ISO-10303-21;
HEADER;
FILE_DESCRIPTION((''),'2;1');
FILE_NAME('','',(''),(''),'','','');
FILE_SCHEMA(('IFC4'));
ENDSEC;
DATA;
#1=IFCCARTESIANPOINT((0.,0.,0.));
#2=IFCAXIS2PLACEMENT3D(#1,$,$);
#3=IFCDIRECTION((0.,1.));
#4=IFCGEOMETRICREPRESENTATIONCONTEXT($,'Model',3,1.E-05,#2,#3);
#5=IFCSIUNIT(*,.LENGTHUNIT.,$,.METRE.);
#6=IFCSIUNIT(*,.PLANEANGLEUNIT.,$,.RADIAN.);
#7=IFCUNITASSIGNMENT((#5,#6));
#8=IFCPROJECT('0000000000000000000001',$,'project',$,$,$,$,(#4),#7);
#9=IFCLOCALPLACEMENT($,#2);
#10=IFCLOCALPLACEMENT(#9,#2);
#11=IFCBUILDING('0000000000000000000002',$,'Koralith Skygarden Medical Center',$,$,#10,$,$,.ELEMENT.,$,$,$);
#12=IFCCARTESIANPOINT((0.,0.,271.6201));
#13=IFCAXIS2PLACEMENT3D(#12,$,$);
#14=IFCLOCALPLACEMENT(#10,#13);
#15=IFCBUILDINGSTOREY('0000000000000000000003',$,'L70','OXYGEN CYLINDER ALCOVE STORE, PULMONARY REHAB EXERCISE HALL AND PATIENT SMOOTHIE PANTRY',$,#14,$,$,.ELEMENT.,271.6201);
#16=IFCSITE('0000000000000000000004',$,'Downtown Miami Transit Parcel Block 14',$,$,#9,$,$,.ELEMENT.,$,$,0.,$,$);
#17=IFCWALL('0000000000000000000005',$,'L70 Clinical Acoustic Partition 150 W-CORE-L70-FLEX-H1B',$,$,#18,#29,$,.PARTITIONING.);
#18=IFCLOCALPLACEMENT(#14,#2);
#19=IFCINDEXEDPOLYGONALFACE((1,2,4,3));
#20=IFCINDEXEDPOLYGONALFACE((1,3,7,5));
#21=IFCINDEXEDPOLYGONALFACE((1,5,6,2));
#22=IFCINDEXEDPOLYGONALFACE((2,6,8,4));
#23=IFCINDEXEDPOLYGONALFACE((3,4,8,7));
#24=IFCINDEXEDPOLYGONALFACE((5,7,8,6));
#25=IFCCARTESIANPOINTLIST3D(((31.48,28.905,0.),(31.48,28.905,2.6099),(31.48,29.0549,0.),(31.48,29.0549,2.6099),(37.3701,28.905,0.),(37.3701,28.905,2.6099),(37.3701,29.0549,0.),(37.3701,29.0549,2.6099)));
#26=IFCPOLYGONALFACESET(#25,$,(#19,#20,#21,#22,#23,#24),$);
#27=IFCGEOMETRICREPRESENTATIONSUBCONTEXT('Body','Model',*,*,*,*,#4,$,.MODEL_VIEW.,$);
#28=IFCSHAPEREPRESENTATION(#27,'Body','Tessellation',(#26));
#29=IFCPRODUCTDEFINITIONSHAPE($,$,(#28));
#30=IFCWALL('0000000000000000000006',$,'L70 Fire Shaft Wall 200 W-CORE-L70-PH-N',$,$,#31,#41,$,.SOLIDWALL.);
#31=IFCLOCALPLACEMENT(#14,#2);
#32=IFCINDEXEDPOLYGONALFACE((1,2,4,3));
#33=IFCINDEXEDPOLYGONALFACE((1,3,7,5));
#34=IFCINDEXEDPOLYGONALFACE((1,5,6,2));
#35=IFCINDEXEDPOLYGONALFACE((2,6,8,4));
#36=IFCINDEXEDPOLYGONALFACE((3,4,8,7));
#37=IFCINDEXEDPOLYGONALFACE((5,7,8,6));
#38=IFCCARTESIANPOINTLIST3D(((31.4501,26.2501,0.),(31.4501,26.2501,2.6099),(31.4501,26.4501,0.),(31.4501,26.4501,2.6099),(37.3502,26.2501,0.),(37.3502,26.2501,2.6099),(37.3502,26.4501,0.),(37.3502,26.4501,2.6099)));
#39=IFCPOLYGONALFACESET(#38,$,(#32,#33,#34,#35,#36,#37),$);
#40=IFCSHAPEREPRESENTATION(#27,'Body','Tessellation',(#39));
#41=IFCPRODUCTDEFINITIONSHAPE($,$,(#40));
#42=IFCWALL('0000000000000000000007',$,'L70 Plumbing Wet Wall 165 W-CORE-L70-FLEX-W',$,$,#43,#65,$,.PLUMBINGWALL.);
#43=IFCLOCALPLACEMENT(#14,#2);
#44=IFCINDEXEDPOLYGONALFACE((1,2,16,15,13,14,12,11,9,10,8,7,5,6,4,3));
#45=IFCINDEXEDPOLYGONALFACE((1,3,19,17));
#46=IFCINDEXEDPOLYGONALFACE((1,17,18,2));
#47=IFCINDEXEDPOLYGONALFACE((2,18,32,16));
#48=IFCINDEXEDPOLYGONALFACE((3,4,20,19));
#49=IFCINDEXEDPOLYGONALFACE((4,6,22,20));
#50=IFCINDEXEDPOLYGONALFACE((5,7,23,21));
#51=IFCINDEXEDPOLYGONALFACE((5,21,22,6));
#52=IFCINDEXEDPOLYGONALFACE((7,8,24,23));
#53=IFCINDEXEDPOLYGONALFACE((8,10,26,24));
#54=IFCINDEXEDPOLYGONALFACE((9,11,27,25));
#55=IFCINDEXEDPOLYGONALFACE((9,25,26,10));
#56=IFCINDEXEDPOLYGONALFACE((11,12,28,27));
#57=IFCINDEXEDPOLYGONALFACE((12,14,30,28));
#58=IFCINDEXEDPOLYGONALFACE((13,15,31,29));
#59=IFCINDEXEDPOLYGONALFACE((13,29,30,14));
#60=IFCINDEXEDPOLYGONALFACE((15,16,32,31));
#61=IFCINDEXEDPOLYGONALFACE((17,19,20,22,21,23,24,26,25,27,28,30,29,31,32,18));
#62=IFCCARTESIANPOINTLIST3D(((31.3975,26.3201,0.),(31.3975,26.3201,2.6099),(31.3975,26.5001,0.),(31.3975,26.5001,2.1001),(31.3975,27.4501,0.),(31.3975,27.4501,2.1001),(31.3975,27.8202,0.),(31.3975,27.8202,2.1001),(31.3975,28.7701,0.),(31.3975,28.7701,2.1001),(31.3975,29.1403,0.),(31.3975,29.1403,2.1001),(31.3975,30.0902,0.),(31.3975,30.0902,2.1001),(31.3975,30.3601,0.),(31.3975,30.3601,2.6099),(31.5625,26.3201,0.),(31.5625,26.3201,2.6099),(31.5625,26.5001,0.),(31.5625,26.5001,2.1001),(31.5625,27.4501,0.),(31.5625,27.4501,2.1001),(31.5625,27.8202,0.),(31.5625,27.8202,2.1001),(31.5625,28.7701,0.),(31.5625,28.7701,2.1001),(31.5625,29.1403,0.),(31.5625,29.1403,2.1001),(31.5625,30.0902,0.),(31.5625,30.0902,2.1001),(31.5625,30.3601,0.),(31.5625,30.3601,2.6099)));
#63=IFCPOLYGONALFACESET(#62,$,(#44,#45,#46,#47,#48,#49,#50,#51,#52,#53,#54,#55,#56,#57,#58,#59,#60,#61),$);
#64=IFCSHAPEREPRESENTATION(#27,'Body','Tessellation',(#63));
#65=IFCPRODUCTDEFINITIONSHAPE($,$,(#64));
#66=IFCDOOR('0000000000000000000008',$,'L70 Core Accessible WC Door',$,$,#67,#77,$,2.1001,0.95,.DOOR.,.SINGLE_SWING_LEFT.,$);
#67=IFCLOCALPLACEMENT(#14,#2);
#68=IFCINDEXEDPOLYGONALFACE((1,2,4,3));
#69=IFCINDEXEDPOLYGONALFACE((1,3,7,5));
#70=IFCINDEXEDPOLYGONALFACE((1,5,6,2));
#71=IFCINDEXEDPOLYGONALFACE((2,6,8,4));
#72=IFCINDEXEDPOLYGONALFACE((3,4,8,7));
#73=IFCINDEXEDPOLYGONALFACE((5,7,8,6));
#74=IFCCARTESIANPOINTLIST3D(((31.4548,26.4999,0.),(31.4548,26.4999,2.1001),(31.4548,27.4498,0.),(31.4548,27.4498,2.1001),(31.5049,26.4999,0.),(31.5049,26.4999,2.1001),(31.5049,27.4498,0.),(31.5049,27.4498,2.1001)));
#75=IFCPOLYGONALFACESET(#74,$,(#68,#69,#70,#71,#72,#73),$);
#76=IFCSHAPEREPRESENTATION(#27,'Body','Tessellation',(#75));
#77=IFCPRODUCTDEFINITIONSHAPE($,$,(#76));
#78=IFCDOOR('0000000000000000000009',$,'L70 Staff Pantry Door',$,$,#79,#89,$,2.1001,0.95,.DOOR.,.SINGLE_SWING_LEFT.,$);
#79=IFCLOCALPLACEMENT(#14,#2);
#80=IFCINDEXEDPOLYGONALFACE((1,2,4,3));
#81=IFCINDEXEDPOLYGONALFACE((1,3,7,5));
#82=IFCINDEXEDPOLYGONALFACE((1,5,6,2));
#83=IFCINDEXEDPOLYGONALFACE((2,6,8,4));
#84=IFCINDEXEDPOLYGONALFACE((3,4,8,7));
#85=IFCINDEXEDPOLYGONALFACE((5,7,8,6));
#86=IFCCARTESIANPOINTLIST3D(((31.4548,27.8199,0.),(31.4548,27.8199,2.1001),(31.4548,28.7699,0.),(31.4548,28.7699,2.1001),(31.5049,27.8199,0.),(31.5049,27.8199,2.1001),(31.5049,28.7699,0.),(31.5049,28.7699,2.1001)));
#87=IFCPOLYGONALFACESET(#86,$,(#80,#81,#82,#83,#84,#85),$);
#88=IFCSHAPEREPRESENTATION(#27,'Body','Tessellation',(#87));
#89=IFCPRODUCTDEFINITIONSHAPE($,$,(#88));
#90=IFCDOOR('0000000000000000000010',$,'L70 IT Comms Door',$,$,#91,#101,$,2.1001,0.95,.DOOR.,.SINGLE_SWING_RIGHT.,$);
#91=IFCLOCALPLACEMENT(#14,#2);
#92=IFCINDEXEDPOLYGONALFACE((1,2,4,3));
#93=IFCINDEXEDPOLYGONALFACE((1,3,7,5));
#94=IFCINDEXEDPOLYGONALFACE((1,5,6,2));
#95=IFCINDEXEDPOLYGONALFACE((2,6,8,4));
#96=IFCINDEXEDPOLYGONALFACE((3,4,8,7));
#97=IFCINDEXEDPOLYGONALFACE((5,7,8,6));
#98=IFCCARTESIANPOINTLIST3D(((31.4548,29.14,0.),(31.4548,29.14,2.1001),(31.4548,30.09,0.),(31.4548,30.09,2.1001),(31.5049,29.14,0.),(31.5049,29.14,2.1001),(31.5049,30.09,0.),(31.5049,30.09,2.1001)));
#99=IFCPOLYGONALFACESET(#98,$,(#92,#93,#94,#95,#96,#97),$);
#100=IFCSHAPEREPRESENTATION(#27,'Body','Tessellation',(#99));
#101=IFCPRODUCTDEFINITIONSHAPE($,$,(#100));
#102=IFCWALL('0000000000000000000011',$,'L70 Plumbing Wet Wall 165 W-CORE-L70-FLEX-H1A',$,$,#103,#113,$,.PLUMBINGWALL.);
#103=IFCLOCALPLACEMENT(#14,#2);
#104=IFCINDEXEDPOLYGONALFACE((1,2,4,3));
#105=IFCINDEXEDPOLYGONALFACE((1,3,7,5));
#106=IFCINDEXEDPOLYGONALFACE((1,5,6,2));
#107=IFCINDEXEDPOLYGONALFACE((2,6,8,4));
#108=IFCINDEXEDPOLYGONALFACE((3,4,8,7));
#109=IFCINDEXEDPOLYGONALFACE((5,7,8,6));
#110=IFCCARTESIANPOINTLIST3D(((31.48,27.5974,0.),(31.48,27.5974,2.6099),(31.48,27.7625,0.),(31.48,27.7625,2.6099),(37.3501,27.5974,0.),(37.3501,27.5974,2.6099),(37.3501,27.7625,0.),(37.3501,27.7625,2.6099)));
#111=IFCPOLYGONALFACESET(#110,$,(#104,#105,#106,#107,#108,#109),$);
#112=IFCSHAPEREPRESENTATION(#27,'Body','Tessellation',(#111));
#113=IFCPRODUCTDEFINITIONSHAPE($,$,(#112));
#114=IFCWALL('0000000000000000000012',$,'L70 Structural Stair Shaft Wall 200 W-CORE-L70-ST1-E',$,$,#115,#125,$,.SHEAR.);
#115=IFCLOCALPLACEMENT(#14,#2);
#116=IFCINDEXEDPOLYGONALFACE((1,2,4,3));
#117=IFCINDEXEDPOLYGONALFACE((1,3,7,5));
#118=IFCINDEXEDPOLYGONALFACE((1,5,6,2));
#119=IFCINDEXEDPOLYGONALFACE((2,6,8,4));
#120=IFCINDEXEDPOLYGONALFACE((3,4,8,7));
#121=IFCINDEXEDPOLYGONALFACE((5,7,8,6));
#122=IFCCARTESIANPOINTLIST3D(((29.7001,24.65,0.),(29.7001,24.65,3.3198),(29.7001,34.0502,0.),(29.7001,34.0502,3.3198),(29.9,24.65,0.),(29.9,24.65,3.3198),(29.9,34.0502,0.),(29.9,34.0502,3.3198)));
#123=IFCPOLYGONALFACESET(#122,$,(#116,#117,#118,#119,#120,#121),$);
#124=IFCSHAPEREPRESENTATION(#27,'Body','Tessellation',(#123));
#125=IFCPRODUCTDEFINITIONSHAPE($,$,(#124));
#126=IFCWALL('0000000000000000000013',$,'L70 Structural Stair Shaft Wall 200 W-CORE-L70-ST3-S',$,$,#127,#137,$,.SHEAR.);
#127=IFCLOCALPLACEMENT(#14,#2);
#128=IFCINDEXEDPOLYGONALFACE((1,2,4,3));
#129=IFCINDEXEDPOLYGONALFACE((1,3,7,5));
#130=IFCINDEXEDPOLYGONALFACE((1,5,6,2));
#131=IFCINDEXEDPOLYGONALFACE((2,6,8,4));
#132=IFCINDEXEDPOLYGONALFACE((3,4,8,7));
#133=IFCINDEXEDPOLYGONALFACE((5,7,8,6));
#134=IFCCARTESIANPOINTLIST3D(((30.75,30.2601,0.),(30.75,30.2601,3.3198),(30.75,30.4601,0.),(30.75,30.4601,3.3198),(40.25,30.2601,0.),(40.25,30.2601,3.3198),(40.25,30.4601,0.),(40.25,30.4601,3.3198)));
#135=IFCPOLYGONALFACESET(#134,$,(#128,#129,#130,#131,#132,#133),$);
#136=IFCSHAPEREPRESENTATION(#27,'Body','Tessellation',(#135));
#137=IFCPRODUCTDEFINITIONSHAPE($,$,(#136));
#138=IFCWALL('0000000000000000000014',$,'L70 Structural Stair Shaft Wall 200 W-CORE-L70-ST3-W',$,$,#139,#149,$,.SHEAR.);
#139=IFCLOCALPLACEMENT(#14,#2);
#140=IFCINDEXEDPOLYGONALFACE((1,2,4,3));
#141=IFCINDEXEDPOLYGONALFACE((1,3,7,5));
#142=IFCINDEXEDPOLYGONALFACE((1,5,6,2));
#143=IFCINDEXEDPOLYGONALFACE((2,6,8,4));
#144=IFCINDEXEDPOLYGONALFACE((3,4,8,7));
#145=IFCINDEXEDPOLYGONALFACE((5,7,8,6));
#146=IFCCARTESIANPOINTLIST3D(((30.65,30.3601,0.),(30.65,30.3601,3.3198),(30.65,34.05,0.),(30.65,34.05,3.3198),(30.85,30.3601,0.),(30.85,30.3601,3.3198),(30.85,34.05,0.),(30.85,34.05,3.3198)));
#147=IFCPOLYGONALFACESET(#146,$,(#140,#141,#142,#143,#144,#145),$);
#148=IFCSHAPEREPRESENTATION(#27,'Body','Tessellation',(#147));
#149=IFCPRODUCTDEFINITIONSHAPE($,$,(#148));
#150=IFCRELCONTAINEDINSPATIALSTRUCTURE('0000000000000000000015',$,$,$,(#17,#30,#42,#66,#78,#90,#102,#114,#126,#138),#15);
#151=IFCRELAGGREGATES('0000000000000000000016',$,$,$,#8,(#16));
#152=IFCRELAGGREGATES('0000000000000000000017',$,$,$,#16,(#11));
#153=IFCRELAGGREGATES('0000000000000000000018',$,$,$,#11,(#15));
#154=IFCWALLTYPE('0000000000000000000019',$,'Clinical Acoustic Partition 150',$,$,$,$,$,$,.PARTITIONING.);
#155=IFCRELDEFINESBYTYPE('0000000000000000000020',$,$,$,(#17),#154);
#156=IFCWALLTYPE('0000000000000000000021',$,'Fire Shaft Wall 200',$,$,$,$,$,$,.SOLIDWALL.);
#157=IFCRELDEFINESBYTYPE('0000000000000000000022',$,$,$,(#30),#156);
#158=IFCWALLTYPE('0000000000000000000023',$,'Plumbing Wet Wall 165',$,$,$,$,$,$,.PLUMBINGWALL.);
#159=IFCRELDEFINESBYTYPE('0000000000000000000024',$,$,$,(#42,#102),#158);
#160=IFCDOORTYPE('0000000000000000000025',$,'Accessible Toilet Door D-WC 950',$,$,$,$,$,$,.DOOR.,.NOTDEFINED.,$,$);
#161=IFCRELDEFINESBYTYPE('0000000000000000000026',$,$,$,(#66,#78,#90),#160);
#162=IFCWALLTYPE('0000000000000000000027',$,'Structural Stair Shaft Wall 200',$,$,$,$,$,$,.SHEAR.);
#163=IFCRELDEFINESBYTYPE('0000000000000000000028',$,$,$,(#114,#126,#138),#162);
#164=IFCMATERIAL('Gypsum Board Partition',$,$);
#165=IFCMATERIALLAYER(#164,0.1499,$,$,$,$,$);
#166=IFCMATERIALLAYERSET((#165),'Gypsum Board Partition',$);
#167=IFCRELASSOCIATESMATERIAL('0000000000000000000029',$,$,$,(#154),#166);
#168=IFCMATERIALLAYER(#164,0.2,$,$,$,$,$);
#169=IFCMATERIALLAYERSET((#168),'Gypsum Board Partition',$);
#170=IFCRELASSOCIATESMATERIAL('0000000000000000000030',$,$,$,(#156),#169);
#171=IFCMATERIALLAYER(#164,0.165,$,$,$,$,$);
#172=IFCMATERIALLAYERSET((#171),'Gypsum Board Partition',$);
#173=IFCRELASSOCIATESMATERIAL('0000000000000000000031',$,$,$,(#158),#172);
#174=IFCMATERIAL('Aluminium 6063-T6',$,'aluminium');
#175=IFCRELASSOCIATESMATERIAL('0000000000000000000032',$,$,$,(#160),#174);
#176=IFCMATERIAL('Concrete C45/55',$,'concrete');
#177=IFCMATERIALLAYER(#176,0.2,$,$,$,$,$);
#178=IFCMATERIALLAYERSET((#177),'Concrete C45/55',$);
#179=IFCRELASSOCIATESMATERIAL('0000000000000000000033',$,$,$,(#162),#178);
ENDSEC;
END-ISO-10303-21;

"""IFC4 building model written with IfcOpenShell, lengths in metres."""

from ifc_helpers import new_model, si_unit, direction, frame, frame_2d, origin, place, context, subcontext, project, spatial, rectangle, extrude, material, layer, layer_set, type_object, element, fill, save


model = new_model("IFC4")

# Units and contexts
model_context = context("Model", 3, precision=1e-05, world=origin(), true_north=direction((0.0, 1.0)))
body_context = subcontext(model_context, "Body", "Model", "MODEL_VIEW")
ifc_project = project(units=[si_unit("LENGTHUNIT", "METRE"), si_unit("PLANEANGLEUNIT", "RADIAN")], contexts=[model_context])

# Site, building, storey
site_placement = place(None, origin())
site = spatial("IfcSite", under=ifc_project, at=site_placement, Name="Downtown Miami Transit Parcel Block 14", CompositionType="ELEMENT", RefElevation=0.0)
building_placement = place(site_placement, origin())
building = spatial("IfcBuilding", under=site, at=building_placement, Name="Koralith Skygarden Medical Center", CompositionType="ELEMENT")
storey_placement = place(building_placement, frame((0.0, 0.0, 271.6201)))
storey = spatial("IfcBuildingStorey", under=building, at=storey_placement, Name="L70", Description="OXYGEN CYLINDER ALCOVE STORE, PULMONARY REHAB EXERCISE HALL AND PATIENT SMOOTHIE PANTRY", CompositionType="ELEMENT", Elevation=271.6201)

# Walls
ifc_material_1 = material(Name="Gypsum Board Partition")
ifc_layer_1 = layer(ifc_material_1, 0.1499)
ifc_layer_set_1 = layer_set([ifc_layer_1], Name="Gypsum Board Partition")
wall_type_1 = type_object("IfcWallType", Name="Clinical Acoustic Partition 150", PredefinedType="PARTITIONING", material=ifc_layer_set_1)
wall_1_placement = place(storey_placement, frame((31.48, 28.98, 0.0), z_axis=(0.0, 0.0, 1.0), x_axis=(1.0, 0.0, 0.0)))
element("IfcWall", 1, at=wall_1_placement, inside=storey, type_object=wall_type_1, Name="L70 Clinical Acoustic Partition 150 W-CORE-L70-FLEX-H1B", PredefinedType="PARTITIONING", context=body_context, shape_type="SweptSolid", body=[
    extrude(rectangle(XDim=5.8901, YDim=0.1499, at=frame_2d((2.9451, 0.0))), origin(), (0.0, 0.0, 1.0), 2.6099),
])
ifc_layer_2 = layer(ifc_material_1, 0.2)
ifc_layer_set_2 = layer_set([ifc_layer_2], Name="Gypsum Board Partition")
wall_type_2 = type_object("IfcWallType", Name="Fire Shaft Wall 200", PredefinedType="SOLIDWALL", material=ifc_layer_set_2)
wall_2_placement = place(storey_placement, frame((31.45, 26.3501, 0.0), z_axis=(0.0, 0.0, 1.0), x_axis=(1.0, 0.0, 0.0)))
element("IfcWall", 2, at=wall_2_placement, inside=storey, type_object=wall_type_2, Name="L70 Fire Shaft Wall 200 W-CORE-L70-PH-N", PredefinedType="SOLIDWALL", context=body_context, shape_type="SweptSolid", body=[
    extrude(rectangle(XDim=5.9001, YDim=0.2, at=frame_2d((2.9502, 0.0))), origin(), (0.0, 0.0, 1.0), 2.6099),
])

# Wall, openings, doors
ifc_layer_3 = layer(ifc_material_1, 0.165)
ifc_layer_set_3 = layer_set([ifc_layer_3], Name="Gypsum Board Partition")
wall_type_3 = type_object("IfcWallType", Name="Plumbing Wet Wall 165", PredefinedType="PLUMBINGWALL", material=ifc_layer_set_3)
wall_3_placement = place(storey_placement, frame((31.48, 26.3201, 0.0), z_axis=(0.0, 0.0, 1.0), x_axis=(0.0, 1.0, 0.0)))
wall_3 = element("IfcWall", 3, at=wall_3_placement, inside=storey, type_object=wall_type_3, Name="L70 Plumbing Wet Wall 165 W-CORE-L70-FLEX-W", PredefinedType="PLUMBINGWALL", context=body_context, shape_type="SweptSolid", body=[
    extrude(rectangle(XDim=4.04, YDim=0.165, at=frame_2d((2.02, 0.0))), origin(), (0.0, 0.0, 1.0), 2.6099),
])
opening_1_placement = place(wall_3_placement, frame((0.1799, 0.0, 0.0)))
opening_1 = element("IfcOpeningElement", 4, at=opening_1_placement, cuts=wall_3, PredefinedType="OPENING", context=body_context, shape_type="SweptSolid", body=[
    extrude(rectangle(XDim=0.95, YDim=2.1001, at=frame_2d((0.4751, 1.05))), frame((0.0, 0.0925, 0.0), z_axis=(0.0, -1.0, 0.0), x_axis=(1.0, 0.0, 0.0)), (0.0, 0.0, 1.0), 0.1851),
])
opening_2_placement = place(wall_3_placement, frame((1.5, 0.0, 0.0)))
opening_2 = element("IfcOpeningElement", 5, at=opening_2_placement, cuts=wall_3, PredefinedType="OPENING", context=body_context, shape_type="SweptSolid", body=[
    extrude(rectangle(XDim=0.95, YDim=2.1001, at=frame_2d((0.4751, 1.05))), frame((0.0, 0.0925, 0.0), z_axis=(0.0, -1.0, 0.0), x_axis=(1.0, 0.0, 0.0)), (0.0, 0.0, 1.0), 0.1851),
])
opening_3_placement = place(wall_3_placement, frame((2.8201, 0.0, 0.0)))
opening_3 = element("IfcOpeningElement", 6, at=opening_3_placement, cuts=wall_3, PredefinedType="OPENING", context=body_context, shape_type="SweptSolid", body=[
    extrude(rectangle(XDim=0.95, YDim=2.1001, at=frame_2d((0.4751, 1.05))), frame((0.0, 0.0925, 0.0), z_axis=(0.0, -1.0, 0.0), x_axis=(1.0, 0.0, 0.0)), (0.0, 0.0, 1.0), 0.1851),
])
ifc_material_2 = material(Name="Aluminium 6063-T6", Category="aluminium")
door_type = type_object("IfcDoorType", Name="Accessible Toilet Door D-WC 950", OperationType="NOTDEFINED", PredefinedType="DOOR", material=ifc_material_2)
door_1_placement = place(opening_1_placement, frame((0.95, 0.0, 0.0), z_axis=(0.0, 0.0, 1.0), x_axis=(-1.0, 0.0, 0.0)))
door_1 = element("IfcDoor", 7, at=door_1_placement, inside=storey, type_object=door_type, Name="L70 Core Accessible WC Door", OperationType="SINGLE_SWING_LEFT", OverallHeight=2.1001, OverallWidth=0.95, PredefinedType="DOOR", context=body_context, shape_type="SweptSolid", body=[
    extrude(rectangle(XDim=0.95, YDim=2.1001, at=frame_2d((0.4751, 1.05))), frame((0.0, 0.0249, 0.0), z_axis=(0.0, -1.0, 0.0), x_axis=(1.0, 0.0, 0.0)), (0.0, 0.0, 1.0), 0.05),
])
fill(opening_1, door_1)
door_2_placement = place(opening_2_placement, frame((0.95, 0.0, 0.0), z_axis=(0.0, 0.0, 1.0), x_axis=(-1.0, 0.0, 0.0)))
door_2 = element("IfcDoor", 8, at=door_2_placement, inside=storey, type_object=door_type, Name="L70 Staff Pantry Door", OperationType="SINGLE_SWING_LEFT", OverallHeight=2.1001, OverallWidth=0.95, PredefinedType="DOOR", context=body_context, shape_type="SweptSolid", body=[
    extrude(rectangle(XDim=0.95, YDim=2.1001, at=frame_2d((0.4751, 1.05))), frame((0.0, 0.0249, 0.0), z_axis=(0.0, -1.0, 0.0), x_axis=(1.0, 0.0, 0.0)), (0.0, 0.0, 1.0), 0.05),
])
fill(opening_2, door_2)
door_3_placement = place(opening_3_placement, frame((0.95, 0.0, 0.0), z_axis=(0.0, 0.0, 1.0), x_axis=(-1.0, 0.0, 0.0)))
door_3 = element("IfcDoor", 9, at=door_3_placement, inside=storey, type_object=door_type, Name="L70 IT Comms Door", OperationType="SINGLE_SWING_RIGHT", OverallHeight=2.1001, OverallWidth=0.95, PredefinedType="DOOR", context=body_context, shape_type="SweptSolid", body=[
    extrude(rectangle(XDim=0.95, YDim=2.1001, at=frame_2d((0.4751, 1.05))), frame((0.0, 0.0249, 0.0), z_axis=(0.0, -1.0, 0.0), x_axis=(1.0, 0.0, 0.0)), (0.0, 0.0, 1.0), 0.05),
])
fill(opening_3, door_3)

# Walls
wall_4_placement = place(storey_placement, frame((31.48, 27.6799, 0.0), z_axis=(0.0, 0.0, 1.0), x_axis=(1.0, 0.0, 0.0)))
element("IfcWall", 10, at=wall_4_placement, inside=storey, type_object=wall_type_3, Name="L70 Plumbing Wet Wall 165 W-CORE-L70-FLEX-H1A", PredefinedType="PLUMBINGWALL", context=body_context, shape_type="SweptSolid", body=[
    extrude(rectangle(XDim=5.8701, YDim=0.165, at=frame_2d((2.9351, 0.0))), origin(), (0.0, 0.0, 1.0), 2.6099),
])
ifc_material_3 = material(Name="Concrete C45/55", Category="concrete")
ifc_layer_4 = layer(ifc_material_3, 0.2)
ifc_layer_set_4 = layer_set([ifc_layer_4], Name="Concrete C45/55")
wall_type_4 = type_object("IfcWallType", Name="Structural Stair Shaft Wall 200", PredefinedType="SHEAR", material=ifc_layer_set_4)
wall_5_placement = place(storey_placement, frame((29.8, 24.6499, 0.0), z_axis=(0.0, 0.0, 1.0), x_axis=(0.0, 1.0, 0.0)))
element("IfcWall", 11, at=wall_5_placement, inside=storey, type_object=wall_type_4, Name="L70 Structural Stair Shaft Wall 200 W-CORE-L70-ST1-E", PredefinedType="SHEAR", context=body_context, shape_type="SweptSolid", body=[
    extrude(rectangle(XDim=9.4001, YDim=0.2, at=frame_2d((4.7002, 0.0))), origin(), (0.0, 0.0, 1.0), 3.3198),
])
wall_6_placement = place(storey_placement, frame((30.75, 30.3601, 0.0), z_axis=(0.0, 0.0, 1.0), x_axis=(1.0, 0.0, 0.0)))
element("IfcWall", 12, at=wall_6_placement, inside=storey, type_object=wall_type_4, Name="L70 Structural Stair Shaft Wall 200 W-CORE-L70-ST3-S", PredefinedType="SHEAR", context=body_context, shape_type="SweptSolid", body=[
    extrude(rectangle(XDim=9.5, YDim=0.2, at=frame_2d((4.75, 0.0))), origin(), (0.0, 0.0, 1.0), 3.3198),
])
wall_7_placement = place(storey_placement, frame((30.75, 30.3601, 0.0), z_axis=(0.0, 0.0, 1.0), x_axis=(0.0, 1.0, 0.0)))
element("IfcWall", 13, at=wall_7_placement, inside=storey, type_object=wall_type_4, Name="L70 Structural Stair Shaft Wall 200 W-CORE-L70-ST3-W", PredefinedType="SHEAR", context=body_context, shape_type="SweptSolid", body=[
    extrude(rectangle(XDim=3.6899, YDim=0.2, at=frame_2d((1.845, 0.0))), origin(), (0.0, 0.0, 1.0), 3.3198),
])

save(model, "model.ifc")
